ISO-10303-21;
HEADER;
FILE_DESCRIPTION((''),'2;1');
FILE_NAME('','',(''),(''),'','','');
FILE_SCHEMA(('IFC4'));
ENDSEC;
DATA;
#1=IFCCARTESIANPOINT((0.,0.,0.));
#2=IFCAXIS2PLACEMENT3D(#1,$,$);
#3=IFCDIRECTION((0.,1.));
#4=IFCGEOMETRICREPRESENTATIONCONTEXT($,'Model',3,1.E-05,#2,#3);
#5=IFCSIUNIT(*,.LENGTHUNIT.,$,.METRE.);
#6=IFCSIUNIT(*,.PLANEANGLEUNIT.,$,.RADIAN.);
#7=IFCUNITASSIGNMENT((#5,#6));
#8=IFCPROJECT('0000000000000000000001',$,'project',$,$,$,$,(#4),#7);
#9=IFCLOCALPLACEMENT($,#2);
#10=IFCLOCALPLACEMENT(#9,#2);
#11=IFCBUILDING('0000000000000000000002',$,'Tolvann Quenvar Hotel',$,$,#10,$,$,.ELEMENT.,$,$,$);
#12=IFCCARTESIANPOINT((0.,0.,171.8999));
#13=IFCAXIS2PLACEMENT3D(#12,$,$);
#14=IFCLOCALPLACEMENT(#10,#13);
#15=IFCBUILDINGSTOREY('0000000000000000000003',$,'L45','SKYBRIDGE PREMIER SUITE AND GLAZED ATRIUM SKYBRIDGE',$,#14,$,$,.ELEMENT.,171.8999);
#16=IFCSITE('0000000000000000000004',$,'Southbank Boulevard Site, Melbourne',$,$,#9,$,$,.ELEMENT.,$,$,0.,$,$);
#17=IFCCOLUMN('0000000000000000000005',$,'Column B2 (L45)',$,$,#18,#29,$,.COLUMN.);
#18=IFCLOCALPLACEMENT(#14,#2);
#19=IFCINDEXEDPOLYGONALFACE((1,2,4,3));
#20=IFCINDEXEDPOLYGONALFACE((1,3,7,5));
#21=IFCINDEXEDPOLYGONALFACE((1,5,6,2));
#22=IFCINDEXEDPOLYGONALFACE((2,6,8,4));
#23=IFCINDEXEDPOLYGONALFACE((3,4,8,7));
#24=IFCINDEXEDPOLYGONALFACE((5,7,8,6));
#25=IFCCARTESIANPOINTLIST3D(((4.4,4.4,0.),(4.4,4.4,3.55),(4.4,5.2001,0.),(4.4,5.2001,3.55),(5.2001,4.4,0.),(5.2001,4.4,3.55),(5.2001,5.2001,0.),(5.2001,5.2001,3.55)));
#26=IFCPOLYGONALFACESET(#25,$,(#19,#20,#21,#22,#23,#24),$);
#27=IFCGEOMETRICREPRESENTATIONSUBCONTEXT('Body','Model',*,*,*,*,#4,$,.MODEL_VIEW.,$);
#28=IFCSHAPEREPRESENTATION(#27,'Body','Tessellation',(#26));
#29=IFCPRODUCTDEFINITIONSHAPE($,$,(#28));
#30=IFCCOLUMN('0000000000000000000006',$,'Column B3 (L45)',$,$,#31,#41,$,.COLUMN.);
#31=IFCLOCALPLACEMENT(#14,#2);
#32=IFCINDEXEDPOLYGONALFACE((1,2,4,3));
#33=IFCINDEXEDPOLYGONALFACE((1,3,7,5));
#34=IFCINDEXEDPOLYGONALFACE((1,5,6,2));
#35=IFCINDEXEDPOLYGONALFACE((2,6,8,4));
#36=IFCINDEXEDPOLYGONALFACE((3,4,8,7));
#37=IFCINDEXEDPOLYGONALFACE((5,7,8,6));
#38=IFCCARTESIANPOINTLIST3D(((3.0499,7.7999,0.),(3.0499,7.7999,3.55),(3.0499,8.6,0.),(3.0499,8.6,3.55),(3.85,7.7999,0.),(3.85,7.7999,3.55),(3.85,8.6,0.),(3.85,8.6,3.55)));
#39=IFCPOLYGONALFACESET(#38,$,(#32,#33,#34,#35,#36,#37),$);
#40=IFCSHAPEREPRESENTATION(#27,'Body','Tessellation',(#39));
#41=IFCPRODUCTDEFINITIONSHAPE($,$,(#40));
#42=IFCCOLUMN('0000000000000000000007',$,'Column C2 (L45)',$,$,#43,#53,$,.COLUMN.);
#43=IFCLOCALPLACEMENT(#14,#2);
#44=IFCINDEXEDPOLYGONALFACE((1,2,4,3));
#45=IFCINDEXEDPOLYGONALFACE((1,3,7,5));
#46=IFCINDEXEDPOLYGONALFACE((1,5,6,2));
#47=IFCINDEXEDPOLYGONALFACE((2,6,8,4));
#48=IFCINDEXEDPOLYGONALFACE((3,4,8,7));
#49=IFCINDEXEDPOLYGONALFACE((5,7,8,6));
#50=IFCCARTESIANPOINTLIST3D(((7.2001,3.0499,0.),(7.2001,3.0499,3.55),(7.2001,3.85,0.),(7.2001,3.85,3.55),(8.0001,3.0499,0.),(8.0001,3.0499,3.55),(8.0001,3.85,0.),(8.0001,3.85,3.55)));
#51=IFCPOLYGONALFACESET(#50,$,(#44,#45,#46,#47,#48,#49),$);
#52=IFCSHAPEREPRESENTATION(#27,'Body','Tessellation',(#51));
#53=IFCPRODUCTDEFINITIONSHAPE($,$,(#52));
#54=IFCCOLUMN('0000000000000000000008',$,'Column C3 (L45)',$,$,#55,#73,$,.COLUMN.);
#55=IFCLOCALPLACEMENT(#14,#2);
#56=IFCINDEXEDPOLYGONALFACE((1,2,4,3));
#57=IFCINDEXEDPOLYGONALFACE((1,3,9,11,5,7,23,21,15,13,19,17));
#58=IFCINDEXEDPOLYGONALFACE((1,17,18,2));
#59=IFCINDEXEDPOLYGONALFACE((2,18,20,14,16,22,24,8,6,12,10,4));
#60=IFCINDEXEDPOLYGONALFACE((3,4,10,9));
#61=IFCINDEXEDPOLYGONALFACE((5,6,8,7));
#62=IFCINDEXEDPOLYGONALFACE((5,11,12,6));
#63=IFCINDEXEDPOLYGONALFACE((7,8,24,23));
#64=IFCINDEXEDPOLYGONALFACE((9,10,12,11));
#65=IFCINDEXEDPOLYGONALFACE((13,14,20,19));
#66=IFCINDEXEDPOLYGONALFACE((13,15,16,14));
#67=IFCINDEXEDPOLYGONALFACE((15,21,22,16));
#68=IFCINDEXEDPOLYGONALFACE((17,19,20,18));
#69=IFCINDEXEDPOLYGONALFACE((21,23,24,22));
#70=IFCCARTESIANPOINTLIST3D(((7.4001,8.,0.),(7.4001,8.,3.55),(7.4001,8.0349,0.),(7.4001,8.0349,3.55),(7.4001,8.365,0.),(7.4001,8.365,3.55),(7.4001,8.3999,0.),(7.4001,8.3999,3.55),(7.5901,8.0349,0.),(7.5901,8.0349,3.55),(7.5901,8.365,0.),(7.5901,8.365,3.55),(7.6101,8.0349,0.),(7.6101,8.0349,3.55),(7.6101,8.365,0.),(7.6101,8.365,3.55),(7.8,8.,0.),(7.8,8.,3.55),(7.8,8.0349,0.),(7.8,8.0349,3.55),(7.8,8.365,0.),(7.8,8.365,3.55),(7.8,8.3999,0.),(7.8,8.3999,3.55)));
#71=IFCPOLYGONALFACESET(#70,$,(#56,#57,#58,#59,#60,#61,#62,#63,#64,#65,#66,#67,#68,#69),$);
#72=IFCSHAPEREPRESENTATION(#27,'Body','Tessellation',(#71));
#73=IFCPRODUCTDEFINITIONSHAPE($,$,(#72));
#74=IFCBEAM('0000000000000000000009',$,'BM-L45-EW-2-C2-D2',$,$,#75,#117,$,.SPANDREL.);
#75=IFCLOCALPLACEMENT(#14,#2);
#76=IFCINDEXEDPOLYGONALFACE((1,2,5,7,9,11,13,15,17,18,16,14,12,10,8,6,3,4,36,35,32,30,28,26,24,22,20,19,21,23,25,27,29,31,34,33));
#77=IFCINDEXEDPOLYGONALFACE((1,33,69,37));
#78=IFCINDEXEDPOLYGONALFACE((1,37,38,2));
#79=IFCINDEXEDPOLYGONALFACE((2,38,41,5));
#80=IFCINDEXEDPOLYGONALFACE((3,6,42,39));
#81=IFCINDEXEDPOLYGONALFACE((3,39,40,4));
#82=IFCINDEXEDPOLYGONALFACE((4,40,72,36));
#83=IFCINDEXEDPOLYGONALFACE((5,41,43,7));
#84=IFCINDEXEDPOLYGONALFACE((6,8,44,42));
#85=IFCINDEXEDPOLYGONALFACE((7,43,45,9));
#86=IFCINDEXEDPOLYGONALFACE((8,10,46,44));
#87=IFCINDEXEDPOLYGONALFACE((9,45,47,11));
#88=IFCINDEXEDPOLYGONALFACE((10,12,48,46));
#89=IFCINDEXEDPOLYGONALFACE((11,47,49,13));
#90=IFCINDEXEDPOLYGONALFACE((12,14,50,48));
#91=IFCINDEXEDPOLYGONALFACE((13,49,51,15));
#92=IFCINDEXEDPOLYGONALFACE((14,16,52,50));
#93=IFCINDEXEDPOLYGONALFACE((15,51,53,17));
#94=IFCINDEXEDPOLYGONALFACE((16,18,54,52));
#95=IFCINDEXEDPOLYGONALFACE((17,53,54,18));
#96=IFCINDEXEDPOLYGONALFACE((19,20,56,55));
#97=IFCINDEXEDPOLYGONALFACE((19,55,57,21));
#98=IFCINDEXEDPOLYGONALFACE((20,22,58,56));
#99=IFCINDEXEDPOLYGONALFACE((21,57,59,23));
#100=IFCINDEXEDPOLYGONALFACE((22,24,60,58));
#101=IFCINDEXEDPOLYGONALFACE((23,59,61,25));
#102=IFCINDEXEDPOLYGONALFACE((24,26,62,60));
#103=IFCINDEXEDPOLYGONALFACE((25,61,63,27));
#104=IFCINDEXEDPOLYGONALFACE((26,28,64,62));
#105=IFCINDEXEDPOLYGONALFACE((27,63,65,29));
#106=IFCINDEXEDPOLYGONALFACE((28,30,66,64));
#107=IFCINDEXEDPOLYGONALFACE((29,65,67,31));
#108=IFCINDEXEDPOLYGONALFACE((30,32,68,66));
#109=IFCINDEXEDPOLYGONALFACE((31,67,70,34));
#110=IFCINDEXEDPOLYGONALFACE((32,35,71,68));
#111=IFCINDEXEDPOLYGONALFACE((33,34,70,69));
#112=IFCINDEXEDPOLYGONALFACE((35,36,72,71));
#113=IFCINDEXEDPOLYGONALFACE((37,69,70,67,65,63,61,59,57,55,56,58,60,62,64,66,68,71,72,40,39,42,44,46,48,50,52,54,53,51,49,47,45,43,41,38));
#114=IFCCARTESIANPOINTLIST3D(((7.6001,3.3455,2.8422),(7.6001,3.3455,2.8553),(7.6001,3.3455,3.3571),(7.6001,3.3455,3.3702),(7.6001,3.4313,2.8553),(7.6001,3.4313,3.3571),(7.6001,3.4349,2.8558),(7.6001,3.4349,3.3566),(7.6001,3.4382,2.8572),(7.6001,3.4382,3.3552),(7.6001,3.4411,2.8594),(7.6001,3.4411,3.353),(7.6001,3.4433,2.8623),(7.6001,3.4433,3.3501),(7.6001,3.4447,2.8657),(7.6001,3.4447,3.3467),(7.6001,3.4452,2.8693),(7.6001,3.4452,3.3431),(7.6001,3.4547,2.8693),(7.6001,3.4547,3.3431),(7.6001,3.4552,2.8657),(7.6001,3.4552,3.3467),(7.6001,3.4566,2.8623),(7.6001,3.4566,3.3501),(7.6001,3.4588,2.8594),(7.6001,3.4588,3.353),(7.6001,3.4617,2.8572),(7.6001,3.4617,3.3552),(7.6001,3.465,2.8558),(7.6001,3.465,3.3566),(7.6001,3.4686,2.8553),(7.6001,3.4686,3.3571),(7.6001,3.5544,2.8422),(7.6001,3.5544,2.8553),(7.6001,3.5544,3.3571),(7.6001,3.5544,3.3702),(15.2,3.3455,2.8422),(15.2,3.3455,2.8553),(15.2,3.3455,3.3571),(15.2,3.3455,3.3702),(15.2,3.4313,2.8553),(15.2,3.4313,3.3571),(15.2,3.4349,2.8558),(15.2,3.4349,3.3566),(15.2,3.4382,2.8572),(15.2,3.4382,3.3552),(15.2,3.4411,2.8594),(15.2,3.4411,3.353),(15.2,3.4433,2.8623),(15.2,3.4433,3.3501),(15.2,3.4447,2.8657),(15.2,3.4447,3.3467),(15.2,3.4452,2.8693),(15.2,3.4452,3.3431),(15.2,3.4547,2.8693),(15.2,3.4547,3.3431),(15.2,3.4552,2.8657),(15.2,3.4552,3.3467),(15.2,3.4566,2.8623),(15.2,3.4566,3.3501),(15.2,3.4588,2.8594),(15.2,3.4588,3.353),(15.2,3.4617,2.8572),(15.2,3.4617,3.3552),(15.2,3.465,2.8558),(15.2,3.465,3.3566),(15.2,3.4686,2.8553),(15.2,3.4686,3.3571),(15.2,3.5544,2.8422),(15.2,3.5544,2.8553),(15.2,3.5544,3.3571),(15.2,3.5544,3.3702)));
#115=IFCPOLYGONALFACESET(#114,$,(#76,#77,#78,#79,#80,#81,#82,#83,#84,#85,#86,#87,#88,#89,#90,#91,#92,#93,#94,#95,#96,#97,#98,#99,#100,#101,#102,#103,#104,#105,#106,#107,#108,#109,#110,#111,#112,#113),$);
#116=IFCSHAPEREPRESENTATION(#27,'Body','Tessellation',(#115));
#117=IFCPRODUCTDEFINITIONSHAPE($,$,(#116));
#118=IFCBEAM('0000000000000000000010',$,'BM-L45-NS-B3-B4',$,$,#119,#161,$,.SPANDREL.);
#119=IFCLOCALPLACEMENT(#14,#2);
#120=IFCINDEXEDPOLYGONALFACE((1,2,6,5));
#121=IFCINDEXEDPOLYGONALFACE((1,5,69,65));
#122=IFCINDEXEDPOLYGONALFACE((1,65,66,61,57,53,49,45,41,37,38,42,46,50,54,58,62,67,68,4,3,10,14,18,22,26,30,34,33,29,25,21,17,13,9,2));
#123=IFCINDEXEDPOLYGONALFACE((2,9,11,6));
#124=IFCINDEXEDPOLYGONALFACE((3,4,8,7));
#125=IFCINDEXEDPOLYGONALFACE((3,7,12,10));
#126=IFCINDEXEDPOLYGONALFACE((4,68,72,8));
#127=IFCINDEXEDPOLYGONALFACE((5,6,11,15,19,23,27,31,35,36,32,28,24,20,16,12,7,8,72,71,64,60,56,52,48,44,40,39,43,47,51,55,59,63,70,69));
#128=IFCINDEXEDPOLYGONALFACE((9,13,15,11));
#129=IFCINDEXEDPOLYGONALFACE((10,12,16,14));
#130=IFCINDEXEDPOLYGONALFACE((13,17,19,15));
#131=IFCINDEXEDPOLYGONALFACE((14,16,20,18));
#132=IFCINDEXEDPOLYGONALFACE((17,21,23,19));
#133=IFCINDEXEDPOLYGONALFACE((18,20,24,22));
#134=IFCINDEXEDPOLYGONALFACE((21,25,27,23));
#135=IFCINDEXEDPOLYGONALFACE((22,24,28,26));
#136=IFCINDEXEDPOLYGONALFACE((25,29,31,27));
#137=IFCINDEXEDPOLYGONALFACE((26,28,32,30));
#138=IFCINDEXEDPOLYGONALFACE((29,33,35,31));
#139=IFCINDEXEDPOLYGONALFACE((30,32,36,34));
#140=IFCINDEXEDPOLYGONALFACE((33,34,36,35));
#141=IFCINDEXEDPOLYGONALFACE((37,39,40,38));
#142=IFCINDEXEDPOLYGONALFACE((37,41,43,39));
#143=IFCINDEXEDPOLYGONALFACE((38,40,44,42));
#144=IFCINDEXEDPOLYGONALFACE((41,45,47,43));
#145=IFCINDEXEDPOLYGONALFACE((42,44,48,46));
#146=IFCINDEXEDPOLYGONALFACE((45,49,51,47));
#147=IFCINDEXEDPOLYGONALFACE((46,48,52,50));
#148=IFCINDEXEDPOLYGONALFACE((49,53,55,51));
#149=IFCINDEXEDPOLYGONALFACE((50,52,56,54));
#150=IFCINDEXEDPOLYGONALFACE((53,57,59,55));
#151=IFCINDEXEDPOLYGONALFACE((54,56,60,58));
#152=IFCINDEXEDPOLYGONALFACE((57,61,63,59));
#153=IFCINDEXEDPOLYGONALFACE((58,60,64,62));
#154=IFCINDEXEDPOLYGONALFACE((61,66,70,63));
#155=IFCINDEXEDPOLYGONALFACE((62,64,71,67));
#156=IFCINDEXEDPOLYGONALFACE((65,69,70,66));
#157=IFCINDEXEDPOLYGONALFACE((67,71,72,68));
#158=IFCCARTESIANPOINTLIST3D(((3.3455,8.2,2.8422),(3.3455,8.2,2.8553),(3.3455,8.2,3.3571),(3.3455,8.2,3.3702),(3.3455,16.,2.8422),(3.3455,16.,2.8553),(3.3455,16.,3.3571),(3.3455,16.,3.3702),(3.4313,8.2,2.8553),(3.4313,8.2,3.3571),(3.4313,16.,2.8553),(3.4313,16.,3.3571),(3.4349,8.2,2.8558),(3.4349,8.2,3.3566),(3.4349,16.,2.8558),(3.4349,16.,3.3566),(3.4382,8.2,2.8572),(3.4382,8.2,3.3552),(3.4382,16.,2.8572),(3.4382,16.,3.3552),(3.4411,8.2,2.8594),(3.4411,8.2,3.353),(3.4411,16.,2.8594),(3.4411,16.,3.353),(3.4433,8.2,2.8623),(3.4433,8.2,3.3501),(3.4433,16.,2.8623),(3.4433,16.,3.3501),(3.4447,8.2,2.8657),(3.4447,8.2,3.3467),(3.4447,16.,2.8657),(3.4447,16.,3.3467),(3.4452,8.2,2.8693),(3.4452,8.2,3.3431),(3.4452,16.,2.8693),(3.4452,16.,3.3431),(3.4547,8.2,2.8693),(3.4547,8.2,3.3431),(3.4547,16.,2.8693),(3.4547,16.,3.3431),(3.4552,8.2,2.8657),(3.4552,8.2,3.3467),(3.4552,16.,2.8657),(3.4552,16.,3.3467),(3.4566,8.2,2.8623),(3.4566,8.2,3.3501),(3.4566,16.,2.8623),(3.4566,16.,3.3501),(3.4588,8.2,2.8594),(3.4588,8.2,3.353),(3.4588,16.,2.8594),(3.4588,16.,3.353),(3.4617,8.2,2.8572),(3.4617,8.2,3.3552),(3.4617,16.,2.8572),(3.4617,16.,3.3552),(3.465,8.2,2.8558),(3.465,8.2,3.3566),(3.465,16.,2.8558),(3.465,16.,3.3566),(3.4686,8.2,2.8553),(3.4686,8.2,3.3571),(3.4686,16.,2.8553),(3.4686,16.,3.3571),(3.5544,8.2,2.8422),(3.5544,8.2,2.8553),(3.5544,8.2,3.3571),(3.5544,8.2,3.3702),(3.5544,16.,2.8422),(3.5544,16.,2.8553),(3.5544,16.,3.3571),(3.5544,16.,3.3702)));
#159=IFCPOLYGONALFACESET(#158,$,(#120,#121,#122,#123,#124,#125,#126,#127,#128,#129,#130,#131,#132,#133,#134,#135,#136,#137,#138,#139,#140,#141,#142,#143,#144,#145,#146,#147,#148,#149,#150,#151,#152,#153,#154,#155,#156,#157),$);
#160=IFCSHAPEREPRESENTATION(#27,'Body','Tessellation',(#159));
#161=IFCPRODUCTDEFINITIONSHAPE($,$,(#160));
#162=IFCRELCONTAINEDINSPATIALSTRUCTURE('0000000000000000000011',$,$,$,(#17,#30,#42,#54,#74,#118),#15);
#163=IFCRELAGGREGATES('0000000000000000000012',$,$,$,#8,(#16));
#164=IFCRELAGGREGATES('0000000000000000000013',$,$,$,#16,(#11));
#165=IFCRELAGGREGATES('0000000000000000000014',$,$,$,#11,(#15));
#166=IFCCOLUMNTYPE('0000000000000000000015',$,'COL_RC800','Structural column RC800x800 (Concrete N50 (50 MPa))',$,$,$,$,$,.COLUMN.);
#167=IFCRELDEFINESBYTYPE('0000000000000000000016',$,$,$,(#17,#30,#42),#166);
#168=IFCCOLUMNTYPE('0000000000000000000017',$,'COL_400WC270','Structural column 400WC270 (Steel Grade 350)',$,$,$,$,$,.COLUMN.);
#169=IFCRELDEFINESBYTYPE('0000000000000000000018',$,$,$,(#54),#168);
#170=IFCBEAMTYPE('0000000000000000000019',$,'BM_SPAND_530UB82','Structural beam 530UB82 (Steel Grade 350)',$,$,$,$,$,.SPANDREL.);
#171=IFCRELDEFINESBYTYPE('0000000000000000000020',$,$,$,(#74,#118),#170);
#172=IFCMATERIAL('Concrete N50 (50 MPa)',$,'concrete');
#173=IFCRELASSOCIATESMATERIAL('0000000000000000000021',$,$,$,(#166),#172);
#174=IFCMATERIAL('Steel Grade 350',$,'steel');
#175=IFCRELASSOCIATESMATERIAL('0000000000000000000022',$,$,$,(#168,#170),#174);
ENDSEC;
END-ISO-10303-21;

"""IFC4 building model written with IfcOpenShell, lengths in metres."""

from ifc_helpers import new_model, si_unit, direction, frame, origin, origin_2d, place, context, subcontext, project, spatial, rectangle, i_section, extrude, source, transform, mapped, material, material_profile, profile_set, type_object, type_shapes, element, save


model = new_model("IFC4")

# Units and contexts
model_context = context("Model", 3, precision=1e-05, world=origin(), true_north=direction((0.0, 1.0)))
body_context = subcontext(model_context, "Body", "Model", "MODEL_VIEW")
ifc_project = project(units=[si_unit("LENGTHUNIT", "METRE"), si_unit("PLANEANGLEUNIT", "RADIAN")], contexts=[model_context])

# Site, building, storey
site_placement = place(None, origin())
site = spatial("IfcSite", under=ifc_project, at=site_placement, Name="Southbank Boulevard Site, Melbourne", CompositionType="ELEMENT", RefElevation=0.0)
building_placement = place(site_placement, origin())
building = spatial("IfcBuilding", under=site, at=building_placement, Name="Tolvann Quenvar Hotel", CompositionType="ELEMENT")
storey_placement = place(building_placement, frame((0.0, 0.0, 171.8999)))
storey = spatial("IfcBuildingStorey", under=building, at=storey_placement, Name="L45", Description="SKYBRIDGE PREMIER SUITE AND GLAZED ATRIUM SKYBRIDGE", CompositionType="ELEMENT", Elevation=171.8999)

# Columns
ifc_material_1 = material(Name="Concrete N50 (50 MPa)", Category="concrete")
ifc_material_profile_1 = material_profile(ifc_material_1, rectangle(XDim=0.8, YDim=0.8, at=origin_2d()), Name="RC800x800")
ifc_profile_set_1 = profile_set([ifc_material_profile_1], Name="Concrete N50 (50 MPa)")
column_type_1 = type_object("IfcColumnType", Name="COL_RC800", Description="Structural column RC800x800 (Concrete N50 (50 MPa))", PredefinedType="COLUMN", material=ifc_profile_set_1)
shared_shape_1 = source(origin(), body_context, "Body", "SweptSolid", [
    extrude(rectangle(XDim=0.8, YDim=0.8, at=origin_2d()), origin(), (0.0, 0.0, 1.0), 3.55),
])
type_shapes(column_type_1, [shared_shape_1])
for number, where, z_axis, x_axis, name in (
    (1, (4.8, 4.8, 0.0), (0.0, 0.0, 1.0), (1.0, 0.0, 0.0), "Column B2 (L45)"),
    (2, (3.45, 8.2, 0.0), (0.0, 0.0, 1.0), (1.0, 0.0, 0.0), "Column B3 (L45)"),
    (3, (7.6001, 3.45, 0.0), (0.0, 0.0, 1.0), (1.0, 0.0, 0.0), "Column C2 (L45)"),
):
    element("IfcColumn", number, at=place(storey_placement, frame(where, z_axis=z_axis, x_axis=x_axis)), inside=storey, type_object=column_type_1, Name=name, PredefinedType="COLUMN", context=body_context, shape_type="MappedRepresentation", body=[
        mapped(shared_shape_1, transform((0.0, 0.0, 0.0), x_axis=(1.0, 0.0, 0.0), y_axis=(0.0, 1.0, 0.0), z_axis=(0.0, 0.0, 1.0), scale=1.0)),
    ])
ifc_material_2 = material(Name="Steel Grade 350", Category="steel")
ifc_material_profile_2 = material_profile(ifc_material_2, i_section(OverallWidth=0.3999, OverallDepth=0.3999, WebThickness=0.02, FlangeThickness=0.0349, at=origin_2d()), Name="400WC270")
ifc_profile_set_2 = profile_set([ifc_material_profile_2], Name="Steel Grade 350")
column_type_2 = type_object("IfcColumnType", Name="COL_400WC270", Description="Structural column 400WC270 (Steel Grade 350)", PredefinedType="COLUMN", material=ifc_profile_set_2)
shared_shape_2 = source(origin(), body_context, "Body", "SweptSolid", [
    extrude(i_section(OverallWidth=0.3999, OverallDepth=0.3999, WebThickness=0.02, FlangeThickness=0.0349, at=origin_2d()), origin(), (0.0, 0.0, 1.0), 3.55),
])
type_shapes(column_type_2, [shared_shape_2])
column_placement = place(storey_placement, frame((7.6001, 8.2, 0.0), z_axis=(0.0, 0.0, 1.0), x_axis=(1.0, 0.0, 0.0)))
element("IfcColumn", 4, at=column_placement, inside=storey, type_object=column_type_2, Name="Column C3 (L45)", PredefinedType="COLUMN", context=body_context, shape_type="MappedRepresentation", body=[
    mapped(shared_shape_2, transform((0.0, 0.0, 0.0), x_axis=(1.0, 0.0, 0.0), y_axis=(0.0, 1.0, 0.0), z_axis=(0.0, 0.0, 1.0), scale=1.0)),
])

# Beams
ifc_material_profile_3 = material_profile(ifc_material_2, i_section(OverallWidth=0.209, OverallDepth=0.5281, WebThickness=0.0095, FlangeThickness=0.0132, FilletRadius=0.0139, at=origin_2d()), Name="530UB82")
ifc_profile_set_3 = profile_set([ifc_material_profile_3], Name="Steel Grade 350")
beam_type_1 = type_object("IfcBeamType", Name="BM_SPAND_530UB82", Description="Structural beam 530UB82 (Steel Grade 350)", PredefinedType="SPANDREL", material=ifc_profile_set_3)
shared_shape_3 = source(origin(), body_context, "Body", "SweptSolid", [
    extrude(i_section(OverallWidth=0.209, OverallDepth=0.5281, WebThickness=0.0095, FlangeThickness=0.0132, FilletRadius=0.0139, at=origin_2d()), origin(), (0.0, 0.0, 1.0), 7.5999),
])
beam_1_placement = place(storey_placement, frame((7.6001, 3.45, 3.1062), z_axis=(1.0, 0.0, 0.0), x_axis=(0.0, 1.0, 0.0)))
element("IfcBeam", 5, at=beam_1_placement, inside=storey, type_object=beam_type_1, Name="BM-L45-EW-2-C2-D2", PredefinedType="SPANDREL", context=body_context, shape_type="MappedRepresentation", body=[
    mapped(shared_shape_3, transform((0.0, 0.0, 0.0), x_axis=(1.0, 0.0, 0.0), y_axis=(0.0, 1.0, 0.0), z_axis=(0.0, 0.0, 1.0), scale=1.0)),
])
shared_shape_4 = source(origin(), body_context, "Body", "SweptSolid", [
    extrude(i_section(OverallWidth=0.209, OverallDepth=0.5281, WebThickness=0.0095, FlangeThickness=0.0132, FilletRadius=0.0139, at=origin_2d()), origin(), (0.0, 0.0, 1.0), 7.8),
])
beam_2_placement = place(storey_placement, frame((3.45, 8.2, 3.1062), z_axis=(0.0, 1.0, 0.0), x_axis=(-1.0, 0.0, 0.0)))
element("IfcBeam", 6, at=beam_2_placement, inside=storey, type_object=beam_type_1, Name="BM-L45-NS-B3-B4", PredefinedType="SPANDREL", context=body_context, shape_type="MappedRepresentation", body=[
    mapped(shared_shape_4, transform((0.0, 0.0, 0.0), x_axis=(1.0, 0.0, 0.0), y_axis=(0.0, 1.0, 0.0), z_axis=(0.0, 0.0, 1.0), scale=1.0)),
])

save(model, "model.ifc")
